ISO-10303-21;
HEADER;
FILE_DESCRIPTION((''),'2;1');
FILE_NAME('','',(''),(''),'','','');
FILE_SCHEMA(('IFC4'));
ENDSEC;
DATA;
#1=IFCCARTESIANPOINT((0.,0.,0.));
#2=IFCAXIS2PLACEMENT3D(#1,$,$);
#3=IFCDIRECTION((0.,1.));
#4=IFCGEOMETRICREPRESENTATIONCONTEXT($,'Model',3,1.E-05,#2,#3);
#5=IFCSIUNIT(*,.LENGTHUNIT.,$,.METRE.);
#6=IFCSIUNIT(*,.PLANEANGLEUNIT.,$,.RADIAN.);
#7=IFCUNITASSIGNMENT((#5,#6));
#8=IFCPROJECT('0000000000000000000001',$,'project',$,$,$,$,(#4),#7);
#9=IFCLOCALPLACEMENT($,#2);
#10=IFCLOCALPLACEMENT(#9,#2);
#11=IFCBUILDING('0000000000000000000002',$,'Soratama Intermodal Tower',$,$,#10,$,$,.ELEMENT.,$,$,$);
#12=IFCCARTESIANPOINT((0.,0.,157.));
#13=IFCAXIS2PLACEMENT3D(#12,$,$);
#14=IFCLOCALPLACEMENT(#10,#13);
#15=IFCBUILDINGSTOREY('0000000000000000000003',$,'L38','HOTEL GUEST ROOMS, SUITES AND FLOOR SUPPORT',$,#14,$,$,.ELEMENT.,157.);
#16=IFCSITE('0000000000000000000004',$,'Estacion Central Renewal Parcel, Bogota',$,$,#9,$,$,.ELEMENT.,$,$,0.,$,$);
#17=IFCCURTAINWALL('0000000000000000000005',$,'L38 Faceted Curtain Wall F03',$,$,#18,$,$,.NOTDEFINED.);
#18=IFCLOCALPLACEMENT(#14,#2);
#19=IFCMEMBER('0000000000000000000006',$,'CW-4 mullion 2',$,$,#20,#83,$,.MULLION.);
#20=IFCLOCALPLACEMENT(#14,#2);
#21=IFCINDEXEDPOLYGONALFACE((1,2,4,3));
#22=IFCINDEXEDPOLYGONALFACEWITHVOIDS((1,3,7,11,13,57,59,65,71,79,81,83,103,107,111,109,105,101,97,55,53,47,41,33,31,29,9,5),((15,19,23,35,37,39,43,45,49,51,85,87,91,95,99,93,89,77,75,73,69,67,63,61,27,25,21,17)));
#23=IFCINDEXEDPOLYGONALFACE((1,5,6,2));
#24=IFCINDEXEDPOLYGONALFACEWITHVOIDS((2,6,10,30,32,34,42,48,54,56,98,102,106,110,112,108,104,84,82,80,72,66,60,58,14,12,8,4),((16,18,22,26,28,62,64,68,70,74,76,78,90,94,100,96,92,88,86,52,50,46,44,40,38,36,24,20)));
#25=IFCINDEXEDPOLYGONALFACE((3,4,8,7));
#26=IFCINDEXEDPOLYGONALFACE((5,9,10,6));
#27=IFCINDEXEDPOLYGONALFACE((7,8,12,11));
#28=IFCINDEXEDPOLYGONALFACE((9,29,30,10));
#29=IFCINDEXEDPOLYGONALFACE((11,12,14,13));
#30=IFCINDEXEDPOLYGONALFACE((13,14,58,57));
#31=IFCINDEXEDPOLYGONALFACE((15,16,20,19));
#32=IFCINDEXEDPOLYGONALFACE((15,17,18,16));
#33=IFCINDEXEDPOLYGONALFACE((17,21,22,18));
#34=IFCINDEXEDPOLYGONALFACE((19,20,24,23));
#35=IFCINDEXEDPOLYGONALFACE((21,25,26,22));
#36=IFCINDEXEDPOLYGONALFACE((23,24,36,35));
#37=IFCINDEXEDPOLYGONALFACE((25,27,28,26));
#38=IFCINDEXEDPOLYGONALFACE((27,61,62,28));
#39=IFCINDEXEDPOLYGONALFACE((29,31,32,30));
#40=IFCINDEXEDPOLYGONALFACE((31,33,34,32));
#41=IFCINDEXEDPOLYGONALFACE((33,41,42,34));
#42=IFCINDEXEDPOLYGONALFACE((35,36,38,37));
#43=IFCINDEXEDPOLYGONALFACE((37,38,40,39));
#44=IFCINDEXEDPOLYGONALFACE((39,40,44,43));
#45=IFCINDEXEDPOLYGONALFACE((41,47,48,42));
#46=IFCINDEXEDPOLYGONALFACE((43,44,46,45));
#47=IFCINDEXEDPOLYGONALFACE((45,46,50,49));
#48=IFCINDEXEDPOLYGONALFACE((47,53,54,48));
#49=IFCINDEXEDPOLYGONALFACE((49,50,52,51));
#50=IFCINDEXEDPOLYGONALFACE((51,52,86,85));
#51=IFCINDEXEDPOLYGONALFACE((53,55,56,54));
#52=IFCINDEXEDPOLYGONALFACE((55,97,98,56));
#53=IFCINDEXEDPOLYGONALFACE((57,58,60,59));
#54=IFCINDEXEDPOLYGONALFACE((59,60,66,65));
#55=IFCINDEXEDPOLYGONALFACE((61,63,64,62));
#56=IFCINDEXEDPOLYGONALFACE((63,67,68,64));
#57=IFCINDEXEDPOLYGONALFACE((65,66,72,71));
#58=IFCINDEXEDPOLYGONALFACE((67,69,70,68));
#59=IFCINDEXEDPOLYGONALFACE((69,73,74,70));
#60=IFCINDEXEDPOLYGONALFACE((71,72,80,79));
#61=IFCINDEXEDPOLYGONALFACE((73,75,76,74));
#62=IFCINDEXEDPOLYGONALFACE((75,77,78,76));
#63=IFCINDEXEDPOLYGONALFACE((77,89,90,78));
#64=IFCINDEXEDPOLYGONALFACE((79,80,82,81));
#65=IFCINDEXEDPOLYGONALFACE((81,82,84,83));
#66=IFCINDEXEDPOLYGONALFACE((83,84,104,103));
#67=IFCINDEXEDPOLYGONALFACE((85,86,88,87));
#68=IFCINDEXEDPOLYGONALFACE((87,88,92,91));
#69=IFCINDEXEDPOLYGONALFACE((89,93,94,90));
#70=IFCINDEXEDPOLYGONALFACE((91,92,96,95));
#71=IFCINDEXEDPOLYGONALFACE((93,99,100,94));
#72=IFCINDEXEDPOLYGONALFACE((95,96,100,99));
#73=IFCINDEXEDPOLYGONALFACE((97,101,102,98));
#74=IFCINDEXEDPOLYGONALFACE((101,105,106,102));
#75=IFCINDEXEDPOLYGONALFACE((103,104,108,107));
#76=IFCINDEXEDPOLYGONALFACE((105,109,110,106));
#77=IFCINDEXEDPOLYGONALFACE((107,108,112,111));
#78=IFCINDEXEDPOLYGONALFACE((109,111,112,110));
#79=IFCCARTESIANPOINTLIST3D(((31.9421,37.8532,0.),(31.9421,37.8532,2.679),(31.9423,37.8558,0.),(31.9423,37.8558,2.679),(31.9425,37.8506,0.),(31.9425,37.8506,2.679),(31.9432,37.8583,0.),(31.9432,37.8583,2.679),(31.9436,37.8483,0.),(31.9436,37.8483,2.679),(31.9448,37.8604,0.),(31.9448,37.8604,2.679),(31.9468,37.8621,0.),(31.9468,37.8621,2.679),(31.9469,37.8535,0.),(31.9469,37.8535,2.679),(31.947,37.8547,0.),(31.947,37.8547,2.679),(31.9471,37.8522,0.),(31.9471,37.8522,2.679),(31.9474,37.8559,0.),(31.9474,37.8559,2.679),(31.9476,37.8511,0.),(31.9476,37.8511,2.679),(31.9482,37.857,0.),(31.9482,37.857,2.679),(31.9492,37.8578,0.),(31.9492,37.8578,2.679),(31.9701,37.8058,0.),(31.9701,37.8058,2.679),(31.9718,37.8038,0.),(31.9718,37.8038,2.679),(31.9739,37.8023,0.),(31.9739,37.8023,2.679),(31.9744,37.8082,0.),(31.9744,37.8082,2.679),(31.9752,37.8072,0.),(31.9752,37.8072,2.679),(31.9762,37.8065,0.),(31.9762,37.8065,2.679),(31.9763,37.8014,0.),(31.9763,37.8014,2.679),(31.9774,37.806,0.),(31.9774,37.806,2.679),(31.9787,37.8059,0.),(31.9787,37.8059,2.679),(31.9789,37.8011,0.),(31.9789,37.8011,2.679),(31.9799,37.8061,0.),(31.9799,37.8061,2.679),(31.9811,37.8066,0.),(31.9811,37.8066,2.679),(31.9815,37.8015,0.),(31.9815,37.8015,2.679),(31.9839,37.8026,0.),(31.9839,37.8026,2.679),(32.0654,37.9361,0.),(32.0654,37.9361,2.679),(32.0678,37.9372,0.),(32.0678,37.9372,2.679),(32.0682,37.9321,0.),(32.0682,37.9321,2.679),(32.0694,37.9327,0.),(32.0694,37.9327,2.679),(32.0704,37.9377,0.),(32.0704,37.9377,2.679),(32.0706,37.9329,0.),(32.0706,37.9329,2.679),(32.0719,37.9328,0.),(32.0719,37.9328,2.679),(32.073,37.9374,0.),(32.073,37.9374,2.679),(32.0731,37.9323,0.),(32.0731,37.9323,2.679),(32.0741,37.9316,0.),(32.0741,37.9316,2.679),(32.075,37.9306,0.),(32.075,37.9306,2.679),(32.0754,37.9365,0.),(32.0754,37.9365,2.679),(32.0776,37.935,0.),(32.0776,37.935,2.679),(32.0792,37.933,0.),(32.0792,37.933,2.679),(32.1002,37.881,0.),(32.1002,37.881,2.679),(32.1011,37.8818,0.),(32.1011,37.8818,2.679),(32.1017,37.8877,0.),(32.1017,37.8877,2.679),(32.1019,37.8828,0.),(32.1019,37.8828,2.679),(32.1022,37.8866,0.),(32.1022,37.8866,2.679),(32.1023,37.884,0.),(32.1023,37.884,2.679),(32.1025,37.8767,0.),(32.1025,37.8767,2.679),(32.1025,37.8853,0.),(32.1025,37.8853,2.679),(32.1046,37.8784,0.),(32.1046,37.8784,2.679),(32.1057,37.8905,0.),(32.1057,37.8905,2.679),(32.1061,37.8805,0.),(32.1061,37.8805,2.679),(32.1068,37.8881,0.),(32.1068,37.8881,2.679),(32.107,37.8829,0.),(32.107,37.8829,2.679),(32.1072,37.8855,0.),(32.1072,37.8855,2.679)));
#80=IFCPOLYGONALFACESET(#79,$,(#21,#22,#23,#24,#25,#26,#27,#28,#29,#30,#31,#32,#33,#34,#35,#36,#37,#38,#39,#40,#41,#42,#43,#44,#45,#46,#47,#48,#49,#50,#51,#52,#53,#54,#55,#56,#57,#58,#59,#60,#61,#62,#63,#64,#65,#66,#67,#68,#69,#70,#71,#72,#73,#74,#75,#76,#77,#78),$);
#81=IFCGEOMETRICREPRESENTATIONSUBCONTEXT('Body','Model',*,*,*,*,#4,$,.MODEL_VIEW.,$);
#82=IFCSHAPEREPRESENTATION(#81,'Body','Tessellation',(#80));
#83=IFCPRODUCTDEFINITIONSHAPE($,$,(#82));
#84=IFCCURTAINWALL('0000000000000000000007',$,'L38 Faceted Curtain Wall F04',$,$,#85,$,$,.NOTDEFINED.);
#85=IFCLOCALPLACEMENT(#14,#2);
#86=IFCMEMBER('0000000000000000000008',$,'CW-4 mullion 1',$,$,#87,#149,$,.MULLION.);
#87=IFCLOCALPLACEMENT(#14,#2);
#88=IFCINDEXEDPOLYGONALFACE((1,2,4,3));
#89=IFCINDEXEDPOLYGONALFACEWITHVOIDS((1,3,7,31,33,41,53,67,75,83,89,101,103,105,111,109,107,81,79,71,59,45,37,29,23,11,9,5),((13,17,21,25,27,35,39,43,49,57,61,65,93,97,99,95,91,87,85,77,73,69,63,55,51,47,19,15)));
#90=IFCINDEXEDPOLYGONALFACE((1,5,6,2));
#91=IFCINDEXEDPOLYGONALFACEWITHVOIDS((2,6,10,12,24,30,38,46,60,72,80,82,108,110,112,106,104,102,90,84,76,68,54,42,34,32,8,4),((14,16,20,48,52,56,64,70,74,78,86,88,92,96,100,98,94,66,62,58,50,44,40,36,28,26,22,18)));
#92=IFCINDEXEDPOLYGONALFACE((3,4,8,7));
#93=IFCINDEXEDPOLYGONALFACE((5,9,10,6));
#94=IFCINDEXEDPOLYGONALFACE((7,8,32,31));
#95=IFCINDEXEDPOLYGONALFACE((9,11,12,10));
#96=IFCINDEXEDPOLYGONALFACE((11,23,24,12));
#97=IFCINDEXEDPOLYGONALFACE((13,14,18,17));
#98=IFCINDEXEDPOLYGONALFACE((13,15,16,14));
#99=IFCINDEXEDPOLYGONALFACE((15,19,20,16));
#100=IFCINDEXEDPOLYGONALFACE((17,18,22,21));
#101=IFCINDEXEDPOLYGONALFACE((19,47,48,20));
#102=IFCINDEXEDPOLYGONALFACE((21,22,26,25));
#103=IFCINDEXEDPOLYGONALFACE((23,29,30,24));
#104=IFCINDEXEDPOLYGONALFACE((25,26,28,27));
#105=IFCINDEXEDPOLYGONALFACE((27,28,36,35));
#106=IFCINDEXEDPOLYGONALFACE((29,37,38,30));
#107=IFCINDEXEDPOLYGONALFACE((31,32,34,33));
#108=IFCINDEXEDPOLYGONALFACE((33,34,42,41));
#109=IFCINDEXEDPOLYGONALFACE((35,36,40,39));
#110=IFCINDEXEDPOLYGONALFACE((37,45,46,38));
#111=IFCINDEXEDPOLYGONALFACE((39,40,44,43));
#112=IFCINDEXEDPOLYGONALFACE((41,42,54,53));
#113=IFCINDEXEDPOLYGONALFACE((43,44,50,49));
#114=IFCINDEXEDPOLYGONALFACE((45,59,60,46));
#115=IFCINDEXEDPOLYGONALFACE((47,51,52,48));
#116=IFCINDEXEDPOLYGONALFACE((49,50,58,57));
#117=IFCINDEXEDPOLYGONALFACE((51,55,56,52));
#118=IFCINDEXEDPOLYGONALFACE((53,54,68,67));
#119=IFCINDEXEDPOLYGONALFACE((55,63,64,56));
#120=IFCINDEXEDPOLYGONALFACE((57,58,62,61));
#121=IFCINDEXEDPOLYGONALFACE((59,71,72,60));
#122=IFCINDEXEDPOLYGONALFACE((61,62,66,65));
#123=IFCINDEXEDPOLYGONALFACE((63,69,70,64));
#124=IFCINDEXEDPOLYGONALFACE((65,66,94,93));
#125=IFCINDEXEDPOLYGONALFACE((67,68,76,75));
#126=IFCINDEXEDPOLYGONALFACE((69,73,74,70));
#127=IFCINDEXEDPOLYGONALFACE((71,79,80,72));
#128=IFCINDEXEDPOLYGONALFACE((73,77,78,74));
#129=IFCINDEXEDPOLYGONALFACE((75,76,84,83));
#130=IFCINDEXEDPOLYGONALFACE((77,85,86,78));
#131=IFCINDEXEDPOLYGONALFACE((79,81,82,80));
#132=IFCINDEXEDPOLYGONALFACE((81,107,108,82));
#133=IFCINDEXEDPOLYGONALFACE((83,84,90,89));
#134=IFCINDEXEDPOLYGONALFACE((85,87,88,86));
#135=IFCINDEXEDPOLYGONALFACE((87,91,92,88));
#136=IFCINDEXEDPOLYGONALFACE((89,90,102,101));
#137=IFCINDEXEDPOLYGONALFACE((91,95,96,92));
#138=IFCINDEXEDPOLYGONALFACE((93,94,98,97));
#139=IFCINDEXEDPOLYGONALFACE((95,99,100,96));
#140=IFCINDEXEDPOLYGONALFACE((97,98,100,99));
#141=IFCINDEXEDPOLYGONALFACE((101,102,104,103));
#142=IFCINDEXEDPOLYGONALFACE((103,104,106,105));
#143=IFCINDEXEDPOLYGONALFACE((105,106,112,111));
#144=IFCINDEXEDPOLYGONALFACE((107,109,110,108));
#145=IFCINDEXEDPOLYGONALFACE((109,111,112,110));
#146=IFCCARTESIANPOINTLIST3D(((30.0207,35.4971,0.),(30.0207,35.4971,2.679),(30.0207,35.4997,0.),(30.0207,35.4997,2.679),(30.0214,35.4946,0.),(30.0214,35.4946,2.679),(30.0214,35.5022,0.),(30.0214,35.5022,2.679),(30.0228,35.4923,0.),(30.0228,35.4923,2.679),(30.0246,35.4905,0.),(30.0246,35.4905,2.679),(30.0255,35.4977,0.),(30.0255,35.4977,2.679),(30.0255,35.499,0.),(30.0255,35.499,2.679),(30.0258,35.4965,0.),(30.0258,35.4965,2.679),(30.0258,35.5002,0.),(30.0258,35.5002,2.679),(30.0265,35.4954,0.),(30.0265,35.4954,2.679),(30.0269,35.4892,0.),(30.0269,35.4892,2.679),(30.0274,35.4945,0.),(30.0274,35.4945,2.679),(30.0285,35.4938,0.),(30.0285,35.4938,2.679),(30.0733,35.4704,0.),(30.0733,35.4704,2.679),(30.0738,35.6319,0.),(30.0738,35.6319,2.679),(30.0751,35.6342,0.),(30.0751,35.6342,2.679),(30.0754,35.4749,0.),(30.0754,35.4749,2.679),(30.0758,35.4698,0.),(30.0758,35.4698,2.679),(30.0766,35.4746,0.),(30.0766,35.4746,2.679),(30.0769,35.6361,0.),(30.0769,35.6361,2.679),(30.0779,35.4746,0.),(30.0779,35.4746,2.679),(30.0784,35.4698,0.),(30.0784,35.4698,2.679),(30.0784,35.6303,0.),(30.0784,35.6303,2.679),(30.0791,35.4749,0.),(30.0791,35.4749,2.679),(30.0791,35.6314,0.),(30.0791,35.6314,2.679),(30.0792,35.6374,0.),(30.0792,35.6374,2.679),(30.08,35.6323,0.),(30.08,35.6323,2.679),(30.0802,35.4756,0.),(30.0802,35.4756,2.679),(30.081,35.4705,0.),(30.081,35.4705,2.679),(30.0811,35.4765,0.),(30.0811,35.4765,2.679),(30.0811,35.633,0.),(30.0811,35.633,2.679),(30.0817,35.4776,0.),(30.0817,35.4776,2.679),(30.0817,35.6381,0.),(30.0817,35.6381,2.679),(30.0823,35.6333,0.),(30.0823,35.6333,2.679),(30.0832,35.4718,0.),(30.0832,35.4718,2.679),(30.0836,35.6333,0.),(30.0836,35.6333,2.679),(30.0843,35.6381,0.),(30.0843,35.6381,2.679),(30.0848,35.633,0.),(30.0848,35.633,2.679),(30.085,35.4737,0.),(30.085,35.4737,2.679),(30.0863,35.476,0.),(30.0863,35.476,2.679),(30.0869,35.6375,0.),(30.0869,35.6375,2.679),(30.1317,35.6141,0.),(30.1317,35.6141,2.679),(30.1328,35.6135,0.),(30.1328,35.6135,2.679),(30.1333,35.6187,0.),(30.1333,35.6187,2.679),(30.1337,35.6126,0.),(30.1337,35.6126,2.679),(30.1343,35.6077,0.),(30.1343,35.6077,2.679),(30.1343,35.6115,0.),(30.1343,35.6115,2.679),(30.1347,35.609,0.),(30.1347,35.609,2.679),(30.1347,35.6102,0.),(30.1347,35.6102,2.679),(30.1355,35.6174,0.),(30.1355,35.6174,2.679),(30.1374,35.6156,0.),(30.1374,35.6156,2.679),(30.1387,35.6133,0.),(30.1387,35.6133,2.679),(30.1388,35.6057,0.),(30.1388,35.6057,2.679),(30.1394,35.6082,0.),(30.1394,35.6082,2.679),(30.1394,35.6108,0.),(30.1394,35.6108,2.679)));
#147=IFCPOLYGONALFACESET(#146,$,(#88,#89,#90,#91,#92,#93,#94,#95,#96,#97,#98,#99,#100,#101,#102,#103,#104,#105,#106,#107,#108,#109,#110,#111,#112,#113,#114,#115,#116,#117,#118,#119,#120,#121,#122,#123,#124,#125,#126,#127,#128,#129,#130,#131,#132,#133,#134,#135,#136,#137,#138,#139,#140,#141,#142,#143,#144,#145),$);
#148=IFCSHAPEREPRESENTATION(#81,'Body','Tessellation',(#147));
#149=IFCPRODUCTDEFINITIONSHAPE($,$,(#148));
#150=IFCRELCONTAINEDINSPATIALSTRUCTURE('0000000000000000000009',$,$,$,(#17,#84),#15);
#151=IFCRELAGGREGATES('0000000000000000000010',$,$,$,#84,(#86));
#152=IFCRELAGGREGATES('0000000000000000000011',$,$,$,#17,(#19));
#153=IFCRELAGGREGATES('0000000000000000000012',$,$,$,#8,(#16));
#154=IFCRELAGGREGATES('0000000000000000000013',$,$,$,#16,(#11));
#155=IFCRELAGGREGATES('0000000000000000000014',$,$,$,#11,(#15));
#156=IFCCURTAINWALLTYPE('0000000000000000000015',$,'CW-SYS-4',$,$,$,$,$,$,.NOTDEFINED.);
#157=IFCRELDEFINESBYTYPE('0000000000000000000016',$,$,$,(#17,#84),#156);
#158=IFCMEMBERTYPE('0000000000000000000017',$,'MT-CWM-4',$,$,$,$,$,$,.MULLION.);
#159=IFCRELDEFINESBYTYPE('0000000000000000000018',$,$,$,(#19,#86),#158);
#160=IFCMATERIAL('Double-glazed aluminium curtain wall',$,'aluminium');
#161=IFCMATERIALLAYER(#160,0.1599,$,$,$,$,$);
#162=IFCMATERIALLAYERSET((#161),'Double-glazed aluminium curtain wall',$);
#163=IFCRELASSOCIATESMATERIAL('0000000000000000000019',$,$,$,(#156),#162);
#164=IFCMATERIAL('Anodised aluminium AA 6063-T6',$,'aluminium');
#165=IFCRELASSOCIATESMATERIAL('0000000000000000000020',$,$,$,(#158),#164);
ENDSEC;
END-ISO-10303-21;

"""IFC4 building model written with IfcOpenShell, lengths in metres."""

from ifc_helpers import new_model, si_unit, direction, frame, origin, origin_2d, place, context, subcontext, project, spatial, hollow_rectangle, extrude, material, layer, layer_set, material_profile, profile_set, type_object, element, aggregate, save


model = new_model("IFC4")

# Units and contexts
model_context = context("Model", 3, precision=1e-05, world=origin(), true_north=direction((0.0, 1.0)))
body_context = subcontext(model_context, "Body", "Model", "MODEL_VIEW")
ifc_project = project(units=[si_unit("LENGTHUNIT", "METRE"), si_unit("PLANEANGLEUNIT", "RADIAN")], contexts=[model_context])

# Site, building, storey
site_placement = place(None, origin())
site = spatial("IfcSite", under=ifc_project, at=site_placement, Name="Estacion Central Renewal Parcel, Bogota", CompositionType="ELEMENT", RefElevation=0.0)
building_placement = place(site_placement, origin())
building = spatial("IfcBuilding", under=site, at=building_placement, Name="Soratama Intermodal Tower", CompositionType="ELEMENT")
storey_placement = place(building_placement, frame((0.0, 0.0, 157.0)))
storey = spatial("IfcBuildingStorey", under=building, at=storey_placement, Name="L38", Description="HOTEL GUEST ROOMS, SUITES AND FLOOR SUPPORT", CompositionType="ELEMENT", Elevation=157.0)

# Curtain wall, member
ifc_material_1 = material(Name="Double-glazed aluminium curtain wall", Category="aluminium")
ifc_layer_1 = layer(ifc_material_1, 0.1599)
ifc_layer_set_1 = layer_set([ifc_layer_1], Name="Double-glazed aluminium curtain wall")
curtain_wall_type = type_object("IfcCurtainWallType", Name="CW-SYS-4", PredefinedType="NOTDEFINED", material=ifc_layer_set_1)
curtain_wall_1_placement = place(storey_placement, origin())
curtain_wall_1 = element("IfcCurtainWall", 1, at=curtain_wall_1_placement, inside=storey, type_object=curtain_wall_type, Name="L38 Faceted Curtain Wall F03", PredefinedType="NOTDEFINED")
ifc_material_2 = material(Name="Anodised aluminium AA 6063-T6", Category="aluminium")
ifc_material_profile_1 = material_profile(ifc_material_2, hollow_rectangle(XDim=0.0701, YDim=0.1599, WallThickness=0.0049, InnerFilletRadius=0.0049, OuterFilletRadius=0.01, at=origin_2d()), Name="CWM160X70X5")
ifc_profile_set_1 = profile_set([ifc_material_profile_1], Name="Anodised aluminium AA 6063-T6")
member_type_1 = type_object("IfcMemberType", Name="MT-CWM-4", PredefinedType="MULLION", material=ifc_profile_set_1)
member_1_placement = place(storey_placement, frame((32.0247, 37.8694, 0.0), z_axis=(0.0, 0.0, 1.0), x_axis=(0.52963, -0.848229, 0.0)))
member_1 = element("IfcMember", 2, at=member_1_placement, type_object=member_type_1, Name="CW-4 mullion 2", PredefinedType="MULLION", context=body_context, shape_type="SweptSolid", body=[
    extrude(hollow_rectangle(XDim=0.0701, YDim=0.1599, WallThickness=0.0049, InnerFilletRadius=0.0049, OuterFilletRadius=0.01, at=origin_2d()), origin(), (0.0, 0.0, 1.0), 2.679),
])

# Curtain wall, member
curtain_wall_2_placement = place(storey_placement, origin())
curtain_wall_2 = element("IfcCurtainWall", 3, at=curtain_wall_2_placement, inside=storey, type_object=curtain_wall_type, Name="L38 Faceted Curtain Wall F04", PredefinedType="NOTDEFINED")
member_2_placement = place(storey_placement, frame((30.0801, 35.554, 0.0), z_axis=(0.0, 0.0, 1.0), x_axis=(0.927056, -0.374924, 0.0)))
member_2 = element("IfcMember", 4, at=member_2_placement, type_object=member_type_1, Name="CW-4 mullion 1", PredefinedType="MULLION", context=body_context, shape_type="SweptSolid", body=[
    extrude(hollow_rectangle(XDim=0.0701, YDim=0.1599, WallThickness=0.0049, InnerFilletRadius=0.0049, OuterFilletRadius=0.01, at=origin_2d()), origin(), (0.0, 0.0, 1.0), 2.679),
])

aggregate(curtain_wall_2, [member_2])

aggregate(curtain_wall_1, [member_1])

save(model, "model.ifc")
